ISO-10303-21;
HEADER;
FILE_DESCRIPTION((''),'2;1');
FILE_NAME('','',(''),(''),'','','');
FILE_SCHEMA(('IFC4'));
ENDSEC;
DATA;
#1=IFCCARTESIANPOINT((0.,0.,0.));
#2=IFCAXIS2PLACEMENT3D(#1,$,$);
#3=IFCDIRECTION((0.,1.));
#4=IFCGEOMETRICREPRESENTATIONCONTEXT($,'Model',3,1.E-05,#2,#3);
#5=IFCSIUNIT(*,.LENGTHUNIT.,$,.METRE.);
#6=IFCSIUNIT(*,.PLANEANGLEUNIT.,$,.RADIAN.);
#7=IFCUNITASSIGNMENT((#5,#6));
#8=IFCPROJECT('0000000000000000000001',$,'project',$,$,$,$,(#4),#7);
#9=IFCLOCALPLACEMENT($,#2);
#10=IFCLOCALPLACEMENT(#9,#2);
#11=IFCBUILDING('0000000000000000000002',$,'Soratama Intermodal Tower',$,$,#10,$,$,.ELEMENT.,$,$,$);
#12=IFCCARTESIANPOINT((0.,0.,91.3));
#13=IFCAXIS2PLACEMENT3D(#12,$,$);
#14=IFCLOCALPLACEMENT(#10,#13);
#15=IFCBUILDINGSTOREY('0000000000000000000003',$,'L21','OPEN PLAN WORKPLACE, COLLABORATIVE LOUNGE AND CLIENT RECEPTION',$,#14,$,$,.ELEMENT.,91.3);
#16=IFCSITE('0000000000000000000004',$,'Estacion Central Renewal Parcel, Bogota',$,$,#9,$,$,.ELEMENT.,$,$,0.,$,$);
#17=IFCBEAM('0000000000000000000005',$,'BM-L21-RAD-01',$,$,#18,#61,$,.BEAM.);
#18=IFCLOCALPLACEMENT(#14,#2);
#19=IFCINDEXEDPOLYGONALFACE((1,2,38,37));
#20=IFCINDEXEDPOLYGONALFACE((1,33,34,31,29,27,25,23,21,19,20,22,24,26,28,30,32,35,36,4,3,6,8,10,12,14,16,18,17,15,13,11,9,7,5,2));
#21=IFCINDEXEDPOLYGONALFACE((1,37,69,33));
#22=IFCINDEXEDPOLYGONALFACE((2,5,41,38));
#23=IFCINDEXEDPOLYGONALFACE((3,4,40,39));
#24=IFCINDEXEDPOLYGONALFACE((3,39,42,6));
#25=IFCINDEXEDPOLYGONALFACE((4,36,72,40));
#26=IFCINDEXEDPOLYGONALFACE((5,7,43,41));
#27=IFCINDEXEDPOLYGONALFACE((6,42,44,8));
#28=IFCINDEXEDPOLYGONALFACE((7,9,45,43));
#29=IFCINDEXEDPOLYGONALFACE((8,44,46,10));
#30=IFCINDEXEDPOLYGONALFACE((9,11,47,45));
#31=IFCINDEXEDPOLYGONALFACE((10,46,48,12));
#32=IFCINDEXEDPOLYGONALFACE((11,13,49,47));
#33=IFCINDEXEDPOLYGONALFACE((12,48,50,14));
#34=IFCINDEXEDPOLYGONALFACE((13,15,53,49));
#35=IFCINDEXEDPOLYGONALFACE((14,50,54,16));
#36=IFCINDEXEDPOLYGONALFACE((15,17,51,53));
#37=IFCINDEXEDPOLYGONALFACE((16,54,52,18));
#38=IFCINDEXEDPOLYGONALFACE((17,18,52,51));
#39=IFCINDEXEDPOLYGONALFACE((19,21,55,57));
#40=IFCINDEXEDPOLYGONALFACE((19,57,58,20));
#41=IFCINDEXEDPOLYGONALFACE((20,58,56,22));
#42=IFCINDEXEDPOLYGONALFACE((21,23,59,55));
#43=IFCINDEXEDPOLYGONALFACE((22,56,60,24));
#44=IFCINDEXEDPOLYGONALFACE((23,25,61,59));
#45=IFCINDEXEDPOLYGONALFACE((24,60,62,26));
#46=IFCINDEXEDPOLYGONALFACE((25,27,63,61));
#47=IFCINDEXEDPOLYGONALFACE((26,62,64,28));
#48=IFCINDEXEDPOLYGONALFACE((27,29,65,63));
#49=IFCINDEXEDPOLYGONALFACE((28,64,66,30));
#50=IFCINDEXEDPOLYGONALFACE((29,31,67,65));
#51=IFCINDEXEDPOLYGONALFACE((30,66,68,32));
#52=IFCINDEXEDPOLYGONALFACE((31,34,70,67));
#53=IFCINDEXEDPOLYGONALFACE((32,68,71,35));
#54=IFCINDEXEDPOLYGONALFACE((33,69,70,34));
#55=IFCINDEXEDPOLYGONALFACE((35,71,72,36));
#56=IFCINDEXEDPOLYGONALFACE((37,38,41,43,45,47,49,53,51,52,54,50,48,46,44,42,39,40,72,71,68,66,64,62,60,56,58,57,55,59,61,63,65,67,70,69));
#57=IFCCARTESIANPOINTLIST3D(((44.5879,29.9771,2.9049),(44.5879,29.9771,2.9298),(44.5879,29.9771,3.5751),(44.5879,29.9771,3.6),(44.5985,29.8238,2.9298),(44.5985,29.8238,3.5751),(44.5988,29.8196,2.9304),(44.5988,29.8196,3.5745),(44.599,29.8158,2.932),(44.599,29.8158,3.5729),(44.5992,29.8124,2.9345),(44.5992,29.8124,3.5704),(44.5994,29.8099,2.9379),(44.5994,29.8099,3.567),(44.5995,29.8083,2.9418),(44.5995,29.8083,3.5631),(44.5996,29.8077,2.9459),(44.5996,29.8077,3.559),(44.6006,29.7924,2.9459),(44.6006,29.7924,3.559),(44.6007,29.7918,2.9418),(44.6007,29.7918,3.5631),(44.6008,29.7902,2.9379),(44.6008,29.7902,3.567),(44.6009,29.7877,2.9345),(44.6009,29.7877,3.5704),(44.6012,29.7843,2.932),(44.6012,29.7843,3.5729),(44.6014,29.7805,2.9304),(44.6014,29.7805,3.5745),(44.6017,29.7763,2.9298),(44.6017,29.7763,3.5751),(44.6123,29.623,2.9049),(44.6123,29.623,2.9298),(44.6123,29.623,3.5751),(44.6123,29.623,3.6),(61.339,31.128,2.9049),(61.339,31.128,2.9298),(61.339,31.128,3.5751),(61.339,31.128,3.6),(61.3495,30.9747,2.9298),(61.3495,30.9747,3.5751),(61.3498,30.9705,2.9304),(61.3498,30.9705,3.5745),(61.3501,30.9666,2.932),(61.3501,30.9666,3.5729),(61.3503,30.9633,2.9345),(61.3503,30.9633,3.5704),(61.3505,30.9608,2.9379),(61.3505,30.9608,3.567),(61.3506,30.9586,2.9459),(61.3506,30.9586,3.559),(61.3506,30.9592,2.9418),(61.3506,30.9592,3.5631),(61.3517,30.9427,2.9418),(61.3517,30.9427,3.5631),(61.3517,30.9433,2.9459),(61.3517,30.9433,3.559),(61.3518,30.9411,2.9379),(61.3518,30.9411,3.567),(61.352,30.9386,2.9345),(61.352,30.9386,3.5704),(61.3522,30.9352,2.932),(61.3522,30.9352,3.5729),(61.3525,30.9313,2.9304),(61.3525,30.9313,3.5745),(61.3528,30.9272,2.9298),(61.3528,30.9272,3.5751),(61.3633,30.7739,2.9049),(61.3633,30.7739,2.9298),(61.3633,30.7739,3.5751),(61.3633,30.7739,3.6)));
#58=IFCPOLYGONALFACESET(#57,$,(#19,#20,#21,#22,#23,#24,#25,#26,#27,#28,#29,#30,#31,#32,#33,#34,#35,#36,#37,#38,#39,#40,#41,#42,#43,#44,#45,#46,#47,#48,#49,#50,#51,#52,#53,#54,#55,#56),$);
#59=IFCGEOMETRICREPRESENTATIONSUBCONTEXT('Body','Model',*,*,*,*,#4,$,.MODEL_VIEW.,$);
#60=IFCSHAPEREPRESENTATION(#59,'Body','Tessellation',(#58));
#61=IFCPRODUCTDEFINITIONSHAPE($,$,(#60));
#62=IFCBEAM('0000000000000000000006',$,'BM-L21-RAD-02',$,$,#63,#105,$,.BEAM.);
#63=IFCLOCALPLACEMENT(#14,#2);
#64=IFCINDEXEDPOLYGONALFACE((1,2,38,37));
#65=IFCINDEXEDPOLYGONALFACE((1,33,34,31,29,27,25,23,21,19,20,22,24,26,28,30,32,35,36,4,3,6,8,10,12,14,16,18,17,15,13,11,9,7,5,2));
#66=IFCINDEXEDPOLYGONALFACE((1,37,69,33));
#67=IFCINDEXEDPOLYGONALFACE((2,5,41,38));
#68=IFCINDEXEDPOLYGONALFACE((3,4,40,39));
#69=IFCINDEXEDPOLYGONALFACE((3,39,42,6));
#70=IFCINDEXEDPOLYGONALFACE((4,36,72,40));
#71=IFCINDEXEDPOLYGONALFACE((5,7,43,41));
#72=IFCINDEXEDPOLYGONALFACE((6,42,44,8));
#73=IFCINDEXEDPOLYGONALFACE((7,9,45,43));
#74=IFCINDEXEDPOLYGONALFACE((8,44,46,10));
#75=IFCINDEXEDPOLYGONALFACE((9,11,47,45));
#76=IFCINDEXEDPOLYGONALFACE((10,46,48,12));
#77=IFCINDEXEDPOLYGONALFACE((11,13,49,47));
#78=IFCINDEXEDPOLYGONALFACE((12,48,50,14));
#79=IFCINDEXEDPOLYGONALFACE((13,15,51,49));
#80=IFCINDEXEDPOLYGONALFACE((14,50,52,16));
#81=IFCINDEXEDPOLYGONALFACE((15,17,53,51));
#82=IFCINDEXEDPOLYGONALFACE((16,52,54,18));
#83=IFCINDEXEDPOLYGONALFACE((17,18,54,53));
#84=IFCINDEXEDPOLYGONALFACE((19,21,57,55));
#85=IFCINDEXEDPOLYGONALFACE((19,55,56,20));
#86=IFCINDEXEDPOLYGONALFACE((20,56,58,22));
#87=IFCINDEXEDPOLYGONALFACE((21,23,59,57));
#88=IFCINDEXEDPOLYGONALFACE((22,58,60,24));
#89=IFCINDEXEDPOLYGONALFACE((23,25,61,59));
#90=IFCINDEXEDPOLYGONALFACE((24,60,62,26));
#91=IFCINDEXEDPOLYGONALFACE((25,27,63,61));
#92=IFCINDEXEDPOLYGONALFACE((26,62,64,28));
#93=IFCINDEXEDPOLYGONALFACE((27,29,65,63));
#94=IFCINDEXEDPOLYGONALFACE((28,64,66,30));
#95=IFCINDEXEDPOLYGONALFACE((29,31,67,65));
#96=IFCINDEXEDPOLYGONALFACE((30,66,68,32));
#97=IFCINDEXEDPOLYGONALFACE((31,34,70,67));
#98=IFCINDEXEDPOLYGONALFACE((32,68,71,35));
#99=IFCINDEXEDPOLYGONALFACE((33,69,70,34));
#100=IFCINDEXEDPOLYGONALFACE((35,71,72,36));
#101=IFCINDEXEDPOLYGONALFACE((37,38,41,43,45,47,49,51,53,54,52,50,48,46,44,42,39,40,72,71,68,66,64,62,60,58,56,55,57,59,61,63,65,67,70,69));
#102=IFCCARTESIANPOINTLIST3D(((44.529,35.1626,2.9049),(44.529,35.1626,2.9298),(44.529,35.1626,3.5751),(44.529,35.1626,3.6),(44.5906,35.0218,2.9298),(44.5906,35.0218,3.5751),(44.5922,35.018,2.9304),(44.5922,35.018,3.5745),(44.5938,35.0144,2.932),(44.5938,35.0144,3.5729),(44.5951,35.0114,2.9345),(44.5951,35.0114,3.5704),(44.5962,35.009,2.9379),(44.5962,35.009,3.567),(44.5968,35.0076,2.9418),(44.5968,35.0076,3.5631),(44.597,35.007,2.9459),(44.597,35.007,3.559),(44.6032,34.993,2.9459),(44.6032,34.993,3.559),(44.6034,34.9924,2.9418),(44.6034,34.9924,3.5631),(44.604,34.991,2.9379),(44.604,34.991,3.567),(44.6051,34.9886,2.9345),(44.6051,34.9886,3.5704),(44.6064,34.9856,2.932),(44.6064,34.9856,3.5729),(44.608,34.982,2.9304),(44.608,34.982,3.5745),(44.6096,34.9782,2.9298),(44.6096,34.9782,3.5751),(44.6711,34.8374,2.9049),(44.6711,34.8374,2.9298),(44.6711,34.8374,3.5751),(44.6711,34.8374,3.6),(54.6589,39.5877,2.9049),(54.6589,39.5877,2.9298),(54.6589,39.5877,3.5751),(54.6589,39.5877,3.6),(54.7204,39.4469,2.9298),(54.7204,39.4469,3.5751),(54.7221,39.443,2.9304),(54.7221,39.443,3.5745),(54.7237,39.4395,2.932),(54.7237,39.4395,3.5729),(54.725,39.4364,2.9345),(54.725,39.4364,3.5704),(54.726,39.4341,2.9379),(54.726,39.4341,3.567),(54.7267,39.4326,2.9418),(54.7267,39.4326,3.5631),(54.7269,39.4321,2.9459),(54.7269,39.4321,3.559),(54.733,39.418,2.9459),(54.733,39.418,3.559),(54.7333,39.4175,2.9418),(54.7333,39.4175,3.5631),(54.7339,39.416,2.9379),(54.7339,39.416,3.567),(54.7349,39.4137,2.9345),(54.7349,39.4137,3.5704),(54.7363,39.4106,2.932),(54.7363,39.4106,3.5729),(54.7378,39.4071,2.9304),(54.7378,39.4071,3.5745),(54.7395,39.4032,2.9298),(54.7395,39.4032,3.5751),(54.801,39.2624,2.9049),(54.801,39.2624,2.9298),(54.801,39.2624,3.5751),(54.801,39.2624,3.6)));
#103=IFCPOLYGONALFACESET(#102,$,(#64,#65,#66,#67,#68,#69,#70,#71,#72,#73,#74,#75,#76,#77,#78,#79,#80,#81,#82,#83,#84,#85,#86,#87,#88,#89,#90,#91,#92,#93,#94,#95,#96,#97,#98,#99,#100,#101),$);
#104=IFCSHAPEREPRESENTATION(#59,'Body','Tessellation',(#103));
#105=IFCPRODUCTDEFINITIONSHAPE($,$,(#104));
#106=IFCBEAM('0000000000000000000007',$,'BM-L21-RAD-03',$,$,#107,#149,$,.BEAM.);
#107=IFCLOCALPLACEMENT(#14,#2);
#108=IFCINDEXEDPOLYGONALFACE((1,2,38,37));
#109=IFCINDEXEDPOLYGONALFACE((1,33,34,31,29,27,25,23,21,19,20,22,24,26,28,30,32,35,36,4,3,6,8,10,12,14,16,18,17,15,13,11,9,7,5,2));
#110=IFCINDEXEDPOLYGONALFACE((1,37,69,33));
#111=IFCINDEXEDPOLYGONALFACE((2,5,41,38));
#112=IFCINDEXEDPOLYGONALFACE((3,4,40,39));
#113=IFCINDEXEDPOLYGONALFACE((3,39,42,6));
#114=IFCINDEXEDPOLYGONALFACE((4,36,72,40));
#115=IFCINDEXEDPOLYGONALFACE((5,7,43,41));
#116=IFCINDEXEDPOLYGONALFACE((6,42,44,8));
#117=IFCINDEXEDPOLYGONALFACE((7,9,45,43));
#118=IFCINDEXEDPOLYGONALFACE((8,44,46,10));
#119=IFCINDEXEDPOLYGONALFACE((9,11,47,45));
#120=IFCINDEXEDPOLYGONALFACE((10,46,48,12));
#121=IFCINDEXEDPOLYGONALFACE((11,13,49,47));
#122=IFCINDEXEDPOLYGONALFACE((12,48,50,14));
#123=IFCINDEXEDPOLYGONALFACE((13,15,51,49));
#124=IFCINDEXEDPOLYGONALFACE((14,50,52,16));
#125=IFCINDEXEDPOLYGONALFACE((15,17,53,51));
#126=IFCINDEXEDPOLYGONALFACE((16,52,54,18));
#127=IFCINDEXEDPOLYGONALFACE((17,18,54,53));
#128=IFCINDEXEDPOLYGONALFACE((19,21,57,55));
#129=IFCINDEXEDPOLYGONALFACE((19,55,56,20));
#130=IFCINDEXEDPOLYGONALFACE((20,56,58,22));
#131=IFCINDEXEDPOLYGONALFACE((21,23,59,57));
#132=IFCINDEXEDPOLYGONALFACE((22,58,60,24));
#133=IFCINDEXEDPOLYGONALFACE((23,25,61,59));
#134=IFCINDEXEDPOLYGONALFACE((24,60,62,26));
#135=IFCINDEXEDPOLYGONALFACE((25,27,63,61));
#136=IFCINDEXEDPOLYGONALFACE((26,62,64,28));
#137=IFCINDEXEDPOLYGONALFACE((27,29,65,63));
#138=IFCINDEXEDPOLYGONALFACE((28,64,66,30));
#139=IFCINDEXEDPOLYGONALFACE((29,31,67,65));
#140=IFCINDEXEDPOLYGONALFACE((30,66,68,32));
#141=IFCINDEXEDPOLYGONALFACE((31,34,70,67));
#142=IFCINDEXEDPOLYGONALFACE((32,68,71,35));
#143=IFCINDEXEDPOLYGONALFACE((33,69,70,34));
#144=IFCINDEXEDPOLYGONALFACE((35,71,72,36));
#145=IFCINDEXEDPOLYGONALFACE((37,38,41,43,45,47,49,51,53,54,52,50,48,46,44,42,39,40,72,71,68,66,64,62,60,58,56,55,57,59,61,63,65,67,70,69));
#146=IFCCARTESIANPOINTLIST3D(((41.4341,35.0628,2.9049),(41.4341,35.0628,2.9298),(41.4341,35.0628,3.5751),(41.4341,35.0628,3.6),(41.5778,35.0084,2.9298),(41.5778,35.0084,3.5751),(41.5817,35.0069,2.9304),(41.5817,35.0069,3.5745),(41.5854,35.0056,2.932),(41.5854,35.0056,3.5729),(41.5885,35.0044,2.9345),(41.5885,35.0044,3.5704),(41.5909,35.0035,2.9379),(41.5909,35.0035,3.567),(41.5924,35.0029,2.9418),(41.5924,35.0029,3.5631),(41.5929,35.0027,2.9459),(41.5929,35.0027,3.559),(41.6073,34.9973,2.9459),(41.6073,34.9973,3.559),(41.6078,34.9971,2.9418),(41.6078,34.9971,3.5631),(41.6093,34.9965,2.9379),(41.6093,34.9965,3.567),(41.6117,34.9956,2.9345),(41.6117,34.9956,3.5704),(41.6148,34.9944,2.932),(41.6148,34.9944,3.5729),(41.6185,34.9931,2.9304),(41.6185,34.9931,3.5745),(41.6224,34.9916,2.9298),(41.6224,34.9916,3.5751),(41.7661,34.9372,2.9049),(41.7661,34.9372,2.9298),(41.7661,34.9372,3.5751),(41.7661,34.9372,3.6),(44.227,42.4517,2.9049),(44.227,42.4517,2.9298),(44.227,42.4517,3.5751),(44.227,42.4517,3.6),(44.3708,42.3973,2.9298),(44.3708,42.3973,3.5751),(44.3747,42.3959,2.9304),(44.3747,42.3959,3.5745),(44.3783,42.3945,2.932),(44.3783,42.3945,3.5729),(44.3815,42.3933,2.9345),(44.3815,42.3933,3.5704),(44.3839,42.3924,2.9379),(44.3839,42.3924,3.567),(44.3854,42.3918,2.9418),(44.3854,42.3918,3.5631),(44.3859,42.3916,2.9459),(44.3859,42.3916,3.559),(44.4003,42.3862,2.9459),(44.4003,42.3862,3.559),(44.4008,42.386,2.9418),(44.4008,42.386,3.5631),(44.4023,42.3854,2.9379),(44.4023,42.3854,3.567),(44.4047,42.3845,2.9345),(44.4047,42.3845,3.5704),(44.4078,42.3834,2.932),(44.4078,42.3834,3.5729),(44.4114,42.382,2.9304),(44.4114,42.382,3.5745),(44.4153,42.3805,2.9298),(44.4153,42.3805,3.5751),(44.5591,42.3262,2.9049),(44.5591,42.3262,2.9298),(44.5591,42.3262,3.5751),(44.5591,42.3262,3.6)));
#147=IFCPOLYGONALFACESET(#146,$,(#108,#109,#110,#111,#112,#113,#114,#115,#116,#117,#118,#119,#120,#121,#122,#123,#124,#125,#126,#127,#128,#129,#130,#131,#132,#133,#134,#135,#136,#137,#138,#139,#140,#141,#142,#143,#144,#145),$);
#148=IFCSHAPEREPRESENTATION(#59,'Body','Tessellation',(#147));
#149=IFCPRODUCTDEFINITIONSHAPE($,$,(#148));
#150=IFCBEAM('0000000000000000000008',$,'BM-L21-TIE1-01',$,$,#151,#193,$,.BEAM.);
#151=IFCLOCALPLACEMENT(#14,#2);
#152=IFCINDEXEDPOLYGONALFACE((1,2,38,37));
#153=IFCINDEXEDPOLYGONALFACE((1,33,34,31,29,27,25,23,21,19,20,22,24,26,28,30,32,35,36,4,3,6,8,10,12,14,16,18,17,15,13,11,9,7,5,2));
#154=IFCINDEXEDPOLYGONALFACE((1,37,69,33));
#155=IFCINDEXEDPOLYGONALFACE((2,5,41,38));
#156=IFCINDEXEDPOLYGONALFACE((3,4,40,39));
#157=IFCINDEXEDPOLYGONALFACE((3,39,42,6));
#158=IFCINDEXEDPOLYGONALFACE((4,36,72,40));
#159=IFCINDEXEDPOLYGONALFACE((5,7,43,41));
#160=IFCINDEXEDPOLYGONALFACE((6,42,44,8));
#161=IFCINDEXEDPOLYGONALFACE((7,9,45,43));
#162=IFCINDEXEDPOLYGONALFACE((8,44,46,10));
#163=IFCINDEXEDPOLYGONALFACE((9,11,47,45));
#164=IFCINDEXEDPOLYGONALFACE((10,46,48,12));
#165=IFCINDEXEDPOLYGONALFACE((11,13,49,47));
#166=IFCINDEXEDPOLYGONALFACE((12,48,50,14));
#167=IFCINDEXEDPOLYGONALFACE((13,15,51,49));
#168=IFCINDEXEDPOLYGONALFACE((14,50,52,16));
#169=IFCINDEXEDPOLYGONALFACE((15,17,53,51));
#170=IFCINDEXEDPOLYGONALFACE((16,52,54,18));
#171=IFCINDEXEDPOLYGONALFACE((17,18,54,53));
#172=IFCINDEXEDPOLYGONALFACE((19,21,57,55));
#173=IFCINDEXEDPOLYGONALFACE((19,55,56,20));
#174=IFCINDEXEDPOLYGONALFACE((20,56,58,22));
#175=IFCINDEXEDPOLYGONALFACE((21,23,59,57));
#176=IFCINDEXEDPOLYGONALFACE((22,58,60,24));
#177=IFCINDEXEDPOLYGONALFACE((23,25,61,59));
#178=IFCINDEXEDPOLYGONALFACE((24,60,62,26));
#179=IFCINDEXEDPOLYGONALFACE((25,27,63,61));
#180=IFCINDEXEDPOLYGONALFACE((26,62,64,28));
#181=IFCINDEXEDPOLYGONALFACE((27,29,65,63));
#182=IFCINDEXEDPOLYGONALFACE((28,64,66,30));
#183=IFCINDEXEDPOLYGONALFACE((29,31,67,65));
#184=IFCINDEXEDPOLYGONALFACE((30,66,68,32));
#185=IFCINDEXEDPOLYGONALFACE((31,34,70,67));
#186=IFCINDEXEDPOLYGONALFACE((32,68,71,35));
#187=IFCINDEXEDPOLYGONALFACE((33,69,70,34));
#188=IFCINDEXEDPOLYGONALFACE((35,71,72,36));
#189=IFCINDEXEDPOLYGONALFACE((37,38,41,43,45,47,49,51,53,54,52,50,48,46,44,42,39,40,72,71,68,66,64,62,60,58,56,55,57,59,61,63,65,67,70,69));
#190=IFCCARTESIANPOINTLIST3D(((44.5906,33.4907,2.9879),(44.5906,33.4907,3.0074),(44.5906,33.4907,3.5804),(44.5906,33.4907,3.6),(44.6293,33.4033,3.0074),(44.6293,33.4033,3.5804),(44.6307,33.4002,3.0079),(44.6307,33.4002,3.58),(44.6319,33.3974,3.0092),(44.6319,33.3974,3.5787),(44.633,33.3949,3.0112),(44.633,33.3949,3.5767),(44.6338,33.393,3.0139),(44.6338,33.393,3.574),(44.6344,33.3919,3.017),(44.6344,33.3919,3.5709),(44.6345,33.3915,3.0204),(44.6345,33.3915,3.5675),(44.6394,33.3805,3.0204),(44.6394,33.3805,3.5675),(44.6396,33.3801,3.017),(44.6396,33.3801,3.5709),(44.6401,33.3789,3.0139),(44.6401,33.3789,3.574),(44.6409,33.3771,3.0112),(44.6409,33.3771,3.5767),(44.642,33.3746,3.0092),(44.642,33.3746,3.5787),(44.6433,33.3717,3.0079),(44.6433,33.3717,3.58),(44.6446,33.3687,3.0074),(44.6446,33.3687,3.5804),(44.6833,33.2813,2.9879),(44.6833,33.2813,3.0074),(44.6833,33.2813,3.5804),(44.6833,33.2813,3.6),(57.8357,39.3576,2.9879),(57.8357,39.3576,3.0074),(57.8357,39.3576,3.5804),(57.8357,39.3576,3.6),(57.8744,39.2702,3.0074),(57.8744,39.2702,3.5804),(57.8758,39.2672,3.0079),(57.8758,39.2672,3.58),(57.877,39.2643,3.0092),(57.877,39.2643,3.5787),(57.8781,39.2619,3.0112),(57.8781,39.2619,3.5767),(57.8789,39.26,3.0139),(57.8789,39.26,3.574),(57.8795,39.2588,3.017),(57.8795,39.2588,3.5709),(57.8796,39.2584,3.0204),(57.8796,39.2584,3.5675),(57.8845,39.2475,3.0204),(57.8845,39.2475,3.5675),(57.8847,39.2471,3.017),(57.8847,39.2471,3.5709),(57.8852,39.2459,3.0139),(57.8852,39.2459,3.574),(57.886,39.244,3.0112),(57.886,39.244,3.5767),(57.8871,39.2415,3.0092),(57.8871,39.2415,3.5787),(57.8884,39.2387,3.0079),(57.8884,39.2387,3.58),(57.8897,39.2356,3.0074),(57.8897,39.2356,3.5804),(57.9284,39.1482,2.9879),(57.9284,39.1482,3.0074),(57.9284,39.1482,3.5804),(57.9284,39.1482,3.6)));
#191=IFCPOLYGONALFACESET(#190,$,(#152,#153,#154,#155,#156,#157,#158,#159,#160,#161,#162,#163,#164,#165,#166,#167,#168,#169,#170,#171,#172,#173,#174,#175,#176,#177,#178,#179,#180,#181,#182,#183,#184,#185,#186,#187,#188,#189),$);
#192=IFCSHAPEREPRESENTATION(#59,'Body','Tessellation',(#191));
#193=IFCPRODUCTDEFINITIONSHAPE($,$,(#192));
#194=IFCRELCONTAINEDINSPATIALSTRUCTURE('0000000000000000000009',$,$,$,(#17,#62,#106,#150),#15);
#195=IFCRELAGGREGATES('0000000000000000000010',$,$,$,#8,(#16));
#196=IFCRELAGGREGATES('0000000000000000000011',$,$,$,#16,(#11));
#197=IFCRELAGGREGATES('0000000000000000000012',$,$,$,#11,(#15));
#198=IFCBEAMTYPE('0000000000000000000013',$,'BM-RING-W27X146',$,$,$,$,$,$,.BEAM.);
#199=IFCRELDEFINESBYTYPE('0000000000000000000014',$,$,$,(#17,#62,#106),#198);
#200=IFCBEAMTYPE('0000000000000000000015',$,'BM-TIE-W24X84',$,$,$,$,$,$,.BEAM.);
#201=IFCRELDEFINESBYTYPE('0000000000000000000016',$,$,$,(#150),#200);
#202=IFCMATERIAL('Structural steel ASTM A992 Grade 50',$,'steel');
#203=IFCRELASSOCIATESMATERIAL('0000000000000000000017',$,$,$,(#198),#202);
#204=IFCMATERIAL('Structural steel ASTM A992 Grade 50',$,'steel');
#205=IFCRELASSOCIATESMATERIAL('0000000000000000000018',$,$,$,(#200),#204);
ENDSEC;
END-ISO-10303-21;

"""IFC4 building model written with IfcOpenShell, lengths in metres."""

from ifc_helpers import new_model, si_unit, direction, frame, origin, origin_2d, place, context, subcontext, project, spatial, i_section, extrude, material, material_profile, profile_set, type_object, element, save


model = new_model("IFC4")

# Units and contexts
model_context = context("Model", 3, precision=1e-05, world=origin(), true_north=direction((0.0, 1.0)))
body_context = subcontext(model_context, "Body", "Model", "MODEL_VIEW")
ifc_project = project(units=[si_unit("LENGTHUNIT", "METRE"), si_unit("PLANEANGLEUNIT", "RADIAN")], contexts=[model_context])

# Site, building, storey
site_placement = place(None, origin())
site = spatial("IfcSite", under=ifc_project, at=site_placement, Name="Estacion Central Renewal Parcel, Bogota", CompositionType="ELEMENT", RefElevation=0.0)
building_placement = place(site_placement, origin())
building = spatial("IfcBuilding", under=site, at=building_placement, Name="Soratama Intermodal Tower", CompositionType="ELEMENT")
storey_placement = place(building_placement, frame((0.0, 0.0, 91.3)))
storey = spatial("IfcBuildingStorey", under=building, at=storey_placement, Name="L21", Description="OPEN PLAN WORKPLACE, COLLABORATIVE LOUNGE AND CLIENT RECEPTION", CompositionType="ELEMENT", Elevation=91.3)

# Beams
ifc_material_1 = material(Name="Structural steel ASTM A992 Grade 50", Category="steel")
ifc_material_profile_1 = material_profile(ifc_material_1, i_section(OverallWidth=0.355, OverallDepth=0.6951, WebThickness=0.0154, FlangeThickness=0.0249, FilletRadius=0.0161, at=origin_2d()), Name="W27X146")
ifc_profile_set_1 = profile_set([ifc_material_profile_1], Name="Structural steel ASTM A992 Grade 50")
beam_type_1 = type_object("IfcBeamType", Name="BM-RING-W27X146", PredefinedType="BEAM", material=ifc_profile_set_1)
beam_1_placement = place(storey_placement, frame((44.6001, 29.8, 3.2524), z_axis=(0.997648, 0.068544, 0.0), x_axis=(-0.068544, 0.997648, 0.0)))
element("IfcBeam", 1, at=beam_1_placement, inside=storey, type_object=beam_type_1, Name="BM-L21-RAD-01", PredefinedType="BEAM", context=body_context, shape_type="SweptSolid", body=[
    extrude(i_section(OverallWidth=0.355, OverallDepth=0.6951, WebThickness=0.0154, FlangeThickness=0.0249, FilletRadius=0.0161, at=origin_2d()), origin(), (0.0, 0.0, 1.0), 16.7905),
])
beam_2_placement = place(storey_placement, frame((44.6001, 35.0, 3.2524), z_axis=(0.916382, 0.400304, 0.0), x_axis=(-0.400304, 0.916382, 0.0)))
element("IfcBeam", 2, at=beam_2_placement, inside=storey, type_object=beam_type_1, Name="BM-L21-RAD-02", PredefinedType="BEAM", context=body_context, shape_type="SweptSolid", body=[
    extrude(i_section(OverallWidth=0.355, OverallDepth=0.6951, WebThickness=0.0154, FlangeThickness=0.0249, FilletRadius=0.0161, at=origin_2d()), origin(), (0.0, 0.0, 1.0), 11.0542),
])
beam_3_placement = place(storey_placement, frame((41.6001, 35.0, 3.2524), z_axis=(0.353578, 0.935405, 0.0), x_axis=(-0.935405, 0.353578, 0.0)))
element("IfcBeam", 3, at=beam_3_placement, inside=storey, type_object=beam_type_1, Name="BM-L21-RAD-03", PredefinedType="BEAM", context=body_context, shape_type="SweptSolid", body=[
    extrude(i_section(OverallWidth=0.355, OverallDepth=0.6951, WebThickness=0.0154, FlangeThickness=0.0249, FilletRadius=0.0161, at=origin_2d()), origin(), (0.0, 0.0, 1.0), 7.8992),
])
ifc_material_2 = material(Name="Structural steel ASTM A992 Grade 50", Category="steel")
ifc_material_profile_2 = material_profile(ifc_material_2, i_section(OverallWidth=0.229, OverallDepth=0.6121, WebThickness=0.012, FlangeThickness=0.0195, FilletRadius=0.0129, at=origin_2d()), Name="W24X84")
ifc_profile_set_2 = profile_set([ifc_material_profile_2], Name="Structural steel ASTM A992 Grade 50")
beam_type_2 = type_object("IfcBeamType", Name="BM-TIE-W24X84", PredefinedType="BEAM", material=ifc_profile_set_2)
beam_4_placement = place(storey_placement, frame((44.637, 33.386, 3.2939), z_axis=(0.914317, 0.404998, 0.0), x_axis=(-0.404998, 0.914317, 0.0)))
element("IfcBeam", 4, at=beam_4_placement, inside=storey, type_object=beam_type_2, Name="BM-L21-TIE1-01", PredefinedType="BEAM", context=body_context, shape_type="SweptSolid", body=[
    extrude(i_section(OverallWidth=0.229, OverallDepth=0.6121, WebThickness=0.012, FlangeThickness=0.0195, FilletRadius=0.0129, at=origin_2d()), origin(), (0.0, 0.0, 1.0), 14.4863),
])

save(model, "model.ifc")
